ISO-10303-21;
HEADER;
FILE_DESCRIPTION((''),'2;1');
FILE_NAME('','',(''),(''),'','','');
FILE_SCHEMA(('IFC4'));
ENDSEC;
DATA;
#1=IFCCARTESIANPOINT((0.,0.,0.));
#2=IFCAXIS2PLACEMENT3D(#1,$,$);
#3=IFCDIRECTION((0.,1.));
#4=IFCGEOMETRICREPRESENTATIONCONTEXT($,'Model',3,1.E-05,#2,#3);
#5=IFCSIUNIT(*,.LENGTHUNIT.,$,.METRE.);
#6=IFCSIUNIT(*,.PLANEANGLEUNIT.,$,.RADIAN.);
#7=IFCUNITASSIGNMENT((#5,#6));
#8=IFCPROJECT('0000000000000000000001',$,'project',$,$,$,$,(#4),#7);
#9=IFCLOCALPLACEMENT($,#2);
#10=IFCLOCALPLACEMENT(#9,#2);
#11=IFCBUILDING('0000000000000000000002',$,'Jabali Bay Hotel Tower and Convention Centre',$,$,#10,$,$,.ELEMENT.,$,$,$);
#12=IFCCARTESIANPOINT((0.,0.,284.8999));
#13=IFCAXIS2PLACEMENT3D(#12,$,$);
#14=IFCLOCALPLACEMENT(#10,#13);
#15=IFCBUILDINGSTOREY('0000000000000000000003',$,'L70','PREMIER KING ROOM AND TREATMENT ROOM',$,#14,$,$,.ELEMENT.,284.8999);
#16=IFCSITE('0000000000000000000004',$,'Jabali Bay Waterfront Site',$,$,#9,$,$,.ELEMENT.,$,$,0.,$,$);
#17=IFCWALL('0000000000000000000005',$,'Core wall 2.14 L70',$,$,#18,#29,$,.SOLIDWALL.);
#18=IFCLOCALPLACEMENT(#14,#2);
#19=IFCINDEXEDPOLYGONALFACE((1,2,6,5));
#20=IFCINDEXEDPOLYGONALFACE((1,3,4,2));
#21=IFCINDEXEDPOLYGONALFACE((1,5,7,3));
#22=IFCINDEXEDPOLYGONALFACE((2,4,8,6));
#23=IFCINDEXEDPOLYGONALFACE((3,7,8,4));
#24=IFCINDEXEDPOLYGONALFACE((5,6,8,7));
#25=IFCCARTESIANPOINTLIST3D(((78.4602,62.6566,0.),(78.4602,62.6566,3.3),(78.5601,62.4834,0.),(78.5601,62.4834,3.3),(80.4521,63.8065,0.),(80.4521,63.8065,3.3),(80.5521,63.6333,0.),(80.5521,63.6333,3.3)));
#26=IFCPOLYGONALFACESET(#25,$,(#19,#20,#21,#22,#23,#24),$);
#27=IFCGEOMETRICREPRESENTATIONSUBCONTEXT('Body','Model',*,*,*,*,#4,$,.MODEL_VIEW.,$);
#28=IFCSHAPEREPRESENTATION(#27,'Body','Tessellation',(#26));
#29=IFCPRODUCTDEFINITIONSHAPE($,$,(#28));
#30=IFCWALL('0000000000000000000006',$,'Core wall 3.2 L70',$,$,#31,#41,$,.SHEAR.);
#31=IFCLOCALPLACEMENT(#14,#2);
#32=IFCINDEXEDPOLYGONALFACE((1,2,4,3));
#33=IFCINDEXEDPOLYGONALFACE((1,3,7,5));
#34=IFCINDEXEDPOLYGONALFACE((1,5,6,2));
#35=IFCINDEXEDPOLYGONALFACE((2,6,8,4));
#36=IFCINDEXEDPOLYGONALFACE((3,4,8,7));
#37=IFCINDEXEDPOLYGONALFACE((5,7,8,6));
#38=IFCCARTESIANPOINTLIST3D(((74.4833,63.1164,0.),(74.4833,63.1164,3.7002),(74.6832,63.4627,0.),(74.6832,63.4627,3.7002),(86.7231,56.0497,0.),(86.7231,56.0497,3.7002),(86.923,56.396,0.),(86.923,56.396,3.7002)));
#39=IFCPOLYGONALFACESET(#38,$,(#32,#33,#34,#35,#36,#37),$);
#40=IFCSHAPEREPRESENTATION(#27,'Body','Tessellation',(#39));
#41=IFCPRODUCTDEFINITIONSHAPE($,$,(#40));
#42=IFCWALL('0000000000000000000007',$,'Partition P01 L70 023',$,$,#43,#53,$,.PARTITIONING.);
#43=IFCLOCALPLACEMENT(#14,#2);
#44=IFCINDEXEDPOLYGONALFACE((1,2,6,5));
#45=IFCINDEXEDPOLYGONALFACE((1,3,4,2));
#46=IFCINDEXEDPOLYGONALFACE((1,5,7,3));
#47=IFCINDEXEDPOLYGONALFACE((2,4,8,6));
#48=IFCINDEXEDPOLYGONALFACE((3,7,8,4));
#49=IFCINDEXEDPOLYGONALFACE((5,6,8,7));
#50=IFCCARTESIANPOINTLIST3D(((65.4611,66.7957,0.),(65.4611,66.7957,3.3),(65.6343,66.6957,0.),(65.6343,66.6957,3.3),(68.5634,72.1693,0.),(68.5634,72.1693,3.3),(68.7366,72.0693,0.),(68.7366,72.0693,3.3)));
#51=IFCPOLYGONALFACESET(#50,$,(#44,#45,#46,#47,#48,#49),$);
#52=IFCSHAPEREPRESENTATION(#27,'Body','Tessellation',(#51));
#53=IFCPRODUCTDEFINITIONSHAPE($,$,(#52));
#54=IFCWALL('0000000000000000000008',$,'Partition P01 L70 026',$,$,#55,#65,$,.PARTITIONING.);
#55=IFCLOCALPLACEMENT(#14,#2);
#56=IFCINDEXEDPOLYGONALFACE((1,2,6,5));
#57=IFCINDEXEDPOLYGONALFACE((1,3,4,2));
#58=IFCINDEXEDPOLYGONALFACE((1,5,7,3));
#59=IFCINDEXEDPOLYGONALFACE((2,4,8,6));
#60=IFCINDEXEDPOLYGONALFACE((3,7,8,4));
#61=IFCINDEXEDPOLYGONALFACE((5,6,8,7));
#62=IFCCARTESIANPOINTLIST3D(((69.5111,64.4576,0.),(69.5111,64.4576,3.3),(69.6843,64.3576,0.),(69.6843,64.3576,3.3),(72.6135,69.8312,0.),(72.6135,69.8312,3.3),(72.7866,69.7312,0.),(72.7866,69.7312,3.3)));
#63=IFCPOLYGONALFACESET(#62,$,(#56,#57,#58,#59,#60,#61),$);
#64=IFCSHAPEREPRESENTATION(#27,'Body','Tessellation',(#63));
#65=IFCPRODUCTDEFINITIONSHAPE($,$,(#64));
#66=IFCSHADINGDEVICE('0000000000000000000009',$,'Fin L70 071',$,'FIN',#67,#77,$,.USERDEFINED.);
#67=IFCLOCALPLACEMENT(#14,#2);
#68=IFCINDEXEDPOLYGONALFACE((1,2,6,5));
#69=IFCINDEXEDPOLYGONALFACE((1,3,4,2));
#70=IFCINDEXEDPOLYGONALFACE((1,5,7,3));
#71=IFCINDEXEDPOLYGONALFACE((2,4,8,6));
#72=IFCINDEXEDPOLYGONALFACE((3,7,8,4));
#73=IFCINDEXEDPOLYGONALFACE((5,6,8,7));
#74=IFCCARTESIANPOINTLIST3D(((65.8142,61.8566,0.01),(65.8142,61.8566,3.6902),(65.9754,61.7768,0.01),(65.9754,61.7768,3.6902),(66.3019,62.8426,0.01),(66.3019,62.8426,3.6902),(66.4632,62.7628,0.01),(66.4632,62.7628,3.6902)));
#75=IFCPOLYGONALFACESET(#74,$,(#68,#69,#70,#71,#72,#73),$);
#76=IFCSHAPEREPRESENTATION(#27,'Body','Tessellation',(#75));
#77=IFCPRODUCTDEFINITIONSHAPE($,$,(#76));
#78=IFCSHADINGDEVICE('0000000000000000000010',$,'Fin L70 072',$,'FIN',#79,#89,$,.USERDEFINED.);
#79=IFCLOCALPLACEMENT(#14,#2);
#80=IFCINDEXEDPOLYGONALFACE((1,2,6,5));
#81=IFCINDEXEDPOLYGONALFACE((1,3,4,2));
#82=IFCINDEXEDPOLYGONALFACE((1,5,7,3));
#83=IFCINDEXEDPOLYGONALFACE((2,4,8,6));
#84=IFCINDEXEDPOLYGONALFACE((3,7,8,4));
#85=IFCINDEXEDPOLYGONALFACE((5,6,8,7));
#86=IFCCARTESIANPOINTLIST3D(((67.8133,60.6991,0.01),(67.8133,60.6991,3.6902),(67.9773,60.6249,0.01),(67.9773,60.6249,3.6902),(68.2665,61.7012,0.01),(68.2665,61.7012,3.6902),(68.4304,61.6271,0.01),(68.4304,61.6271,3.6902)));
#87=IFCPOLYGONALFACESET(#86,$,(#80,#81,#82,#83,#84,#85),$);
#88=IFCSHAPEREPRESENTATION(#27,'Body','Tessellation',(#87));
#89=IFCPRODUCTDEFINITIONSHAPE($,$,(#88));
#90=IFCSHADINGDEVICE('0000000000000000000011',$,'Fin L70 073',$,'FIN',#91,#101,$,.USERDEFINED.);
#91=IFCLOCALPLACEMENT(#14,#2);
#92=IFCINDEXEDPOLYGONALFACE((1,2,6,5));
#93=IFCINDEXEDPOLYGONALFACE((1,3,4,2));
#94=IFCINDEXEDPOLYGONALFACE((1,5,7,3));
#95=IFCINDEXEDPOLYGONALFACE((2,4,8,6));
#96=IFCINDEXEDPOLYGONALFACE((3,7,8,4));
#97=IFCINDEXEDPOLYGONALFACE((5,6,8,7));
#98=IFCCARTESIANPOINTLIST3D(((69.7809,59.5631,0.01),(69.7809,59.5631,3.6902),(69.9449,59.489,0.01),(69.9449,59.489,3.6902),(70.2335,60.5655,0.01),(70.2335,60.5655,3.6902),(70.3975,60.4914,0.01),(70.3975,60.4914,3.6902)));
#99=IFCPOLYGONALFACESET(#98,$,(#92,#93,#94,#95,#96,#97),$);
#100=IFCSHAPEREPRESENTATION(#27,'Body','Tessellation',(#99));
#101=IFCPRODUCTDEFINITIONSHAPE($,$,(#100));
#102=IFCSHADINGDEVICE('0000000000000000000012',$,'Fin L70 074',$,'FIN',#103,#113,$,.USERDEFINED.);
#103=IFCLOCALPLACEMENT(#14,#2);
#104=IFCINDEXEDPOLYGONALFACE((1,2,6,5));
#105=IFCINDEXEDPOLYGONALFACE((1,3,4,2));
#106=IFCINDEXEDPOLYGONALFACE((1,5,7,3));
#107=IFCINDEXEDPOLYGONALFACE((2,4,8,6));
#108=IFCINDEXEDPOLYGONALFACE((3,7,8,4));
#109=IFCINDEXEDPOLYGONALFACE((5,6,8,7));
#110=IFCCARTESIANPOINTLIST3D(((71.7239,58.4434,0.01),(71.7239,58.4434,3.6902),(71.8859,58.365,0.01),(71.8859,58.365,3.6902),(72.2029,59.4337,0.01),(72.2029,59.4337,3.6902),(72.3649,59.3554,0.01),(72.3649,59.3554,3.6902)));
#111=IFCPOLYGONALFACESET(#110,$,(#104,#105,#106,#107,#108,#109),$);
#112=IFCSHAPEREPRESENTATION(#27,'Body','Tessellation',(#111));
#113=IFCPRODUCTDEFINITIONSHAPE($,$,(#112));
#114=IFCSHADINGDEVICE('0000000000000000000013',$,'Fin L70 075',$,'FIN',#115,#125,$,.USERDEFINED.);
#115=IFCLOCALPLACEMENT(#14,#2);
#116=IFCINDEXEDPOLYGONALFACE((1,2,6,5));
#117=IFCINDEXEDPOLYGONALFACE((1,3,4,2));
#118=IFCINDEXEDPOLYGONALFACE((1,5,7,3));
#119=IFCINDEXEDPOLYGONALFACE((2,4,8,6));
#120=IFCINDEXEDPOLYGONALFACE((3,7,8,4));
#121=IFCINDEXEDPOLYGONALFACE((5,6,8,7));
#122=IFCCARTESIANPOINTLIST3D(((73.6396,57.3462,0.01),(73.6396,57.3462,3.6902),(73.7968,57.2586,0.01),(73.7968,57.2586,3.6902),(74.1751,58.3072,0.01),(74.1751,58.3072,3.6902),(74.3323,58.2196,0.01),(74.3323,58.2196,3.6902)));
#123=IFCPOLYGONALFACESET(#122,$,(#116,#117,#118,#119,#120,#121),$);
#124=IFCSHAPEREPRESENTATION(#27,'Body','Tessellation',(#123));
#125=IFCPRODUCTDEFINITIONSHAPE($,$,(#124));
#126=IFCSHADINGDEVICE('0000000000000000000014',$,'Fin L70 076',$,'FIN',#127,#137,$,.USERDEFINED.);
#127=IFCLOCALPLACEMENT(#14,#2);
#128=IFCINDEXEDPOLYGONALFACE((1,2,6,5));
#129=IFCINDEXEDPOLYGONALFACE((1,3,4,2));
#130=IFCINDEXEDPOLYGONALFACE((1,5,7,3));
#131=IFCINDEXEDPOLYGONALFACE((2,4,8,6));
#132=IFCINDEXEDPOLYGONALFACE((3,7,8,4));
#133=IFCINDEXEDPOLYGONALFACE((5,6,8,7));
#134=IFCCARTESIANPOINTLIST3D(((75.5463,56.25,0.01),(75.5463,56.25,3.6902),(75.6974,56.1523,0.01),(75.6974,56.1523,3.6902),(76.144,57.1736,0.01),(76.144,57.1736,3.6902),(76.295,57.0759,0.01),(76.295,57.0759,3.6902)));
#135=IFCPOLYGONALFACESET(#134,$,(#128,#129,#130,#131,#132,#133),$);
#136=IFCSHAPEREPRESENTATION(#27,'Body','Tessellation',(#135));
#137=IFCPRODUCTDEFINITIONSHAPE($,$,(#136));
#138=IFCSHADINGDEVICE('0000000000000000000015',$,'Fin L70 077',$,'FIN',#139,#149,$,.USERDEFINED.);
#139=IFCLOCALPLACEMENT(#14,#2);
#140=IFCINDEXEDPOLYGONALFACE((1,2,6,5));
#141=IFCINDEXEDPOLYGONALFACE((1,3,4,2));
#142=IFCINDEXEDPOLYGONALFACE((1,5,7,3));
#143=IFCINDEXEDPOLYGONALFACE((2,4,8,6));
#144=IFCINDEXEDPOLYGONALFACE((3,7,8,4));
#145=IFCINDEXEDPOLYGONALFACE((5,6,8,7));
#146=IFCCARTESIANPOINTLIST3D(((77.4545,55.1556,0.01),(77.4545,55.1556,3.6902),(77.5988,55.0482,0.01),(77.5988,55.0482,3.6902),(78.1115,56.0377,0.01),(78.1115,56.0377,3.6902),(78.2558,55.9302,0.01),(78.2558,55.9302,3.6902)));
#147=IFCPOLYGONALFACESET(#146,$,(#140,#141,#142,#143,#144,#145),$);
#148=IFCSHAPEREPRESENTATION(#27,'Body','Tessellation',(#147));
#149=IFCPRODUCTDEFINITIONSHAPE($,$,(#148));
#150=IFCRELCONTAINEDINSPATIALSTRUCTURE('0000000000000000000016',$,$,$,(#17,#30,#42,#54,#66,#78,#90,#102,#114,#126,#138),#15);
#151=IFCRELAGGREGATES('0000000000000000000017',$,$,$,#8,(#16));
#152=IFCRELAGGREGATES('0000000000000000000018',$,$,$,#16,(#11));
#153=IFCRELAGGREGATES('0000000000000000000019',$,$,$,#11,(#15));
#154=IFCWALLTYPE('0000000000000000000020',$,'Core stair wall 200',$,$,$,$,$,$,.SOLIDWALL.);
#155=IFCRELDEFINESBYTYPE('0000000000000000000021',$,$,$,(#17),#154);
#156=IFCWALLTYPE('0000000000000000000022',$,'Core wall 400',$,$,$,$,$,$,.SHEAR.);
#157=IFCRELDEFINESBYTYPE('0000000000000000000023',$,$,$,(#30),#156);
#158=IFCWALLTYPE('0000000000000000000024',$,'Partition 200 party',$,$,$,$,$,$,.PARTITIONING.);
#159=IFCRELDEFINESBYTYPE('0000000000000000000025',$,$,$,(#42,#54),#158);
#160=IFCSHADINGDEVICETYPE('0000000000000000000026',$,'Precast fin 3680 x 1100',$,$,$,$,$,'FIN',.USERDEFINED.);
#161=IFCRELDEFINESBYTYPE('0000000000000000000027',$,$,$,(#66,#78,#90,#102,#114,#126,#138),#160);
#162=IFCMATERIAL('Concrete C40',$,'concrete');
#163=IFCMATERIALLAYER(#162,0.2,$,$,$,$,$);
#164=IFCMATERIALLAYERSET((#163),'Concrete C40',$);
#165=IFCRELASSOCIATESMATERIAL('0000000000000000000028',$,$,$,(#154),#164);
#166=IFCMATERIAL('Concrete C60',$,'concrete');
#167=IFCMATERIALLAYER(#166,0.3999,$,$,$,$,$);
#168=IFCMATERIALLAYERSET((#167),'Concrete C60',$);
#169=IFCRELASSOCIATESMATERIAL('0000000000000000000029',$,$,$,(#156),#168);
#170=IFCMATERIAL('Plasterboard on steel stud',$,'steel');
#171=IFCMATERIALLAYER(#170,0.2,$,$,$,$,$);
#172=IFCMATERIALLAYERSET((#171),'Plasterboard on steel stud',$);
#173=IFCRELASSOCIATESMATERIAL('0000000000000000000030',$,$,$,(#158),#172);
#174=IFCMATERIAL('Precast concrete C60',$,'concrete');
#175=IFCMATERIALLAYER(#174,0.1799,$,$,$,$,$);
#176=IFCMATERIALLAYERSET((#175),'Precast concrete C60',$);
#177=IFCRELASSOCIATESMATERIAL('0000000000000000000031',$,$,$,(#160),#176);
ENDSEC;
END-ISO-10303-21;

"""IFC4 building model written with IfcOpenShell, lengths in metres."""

from ifc_helpers import new_model, si_unit, direction, frame, frame_2d, origin, place, context, subcontext, project, spatial, rectangle, extrude, material, layer, layer_set, type_object, element, save


model = new_model("IFC4")

# Units and contexts
model_context = context("Model", 3, precision=1e-05, world=origin(), true_north=direction((0.0, 1.0)))
body_context = subcontext(model_context, "Body", "Model", "MODEL_VIEW")
ifc_project = project(units=[si_unit("LENGTHUNIT", "METRE"), si_unit("PLANEANGLEUNIT", "RADIAN")], contexts=[model_context])

# Site, building, storey
site_placement = place(None, origin())
site = spatial("IfcSite", under=ifc_project, at=site_placement, Name="Jabali Bay Waterfront Site", CompositionType="ELEMENT", RefElevation=0.0)
building_placement = place(site_placement, origin())
building = spatial("IfcBuilding", under=site, at=building_placement, Name="Jabali Bay Hotel Tower and Convention Centre", CompositionType="ELEMENT")
storey_placement = place(building_placement, frame((0.0, 0.0, 284.8999)))
storey = spatial("IfcBuildingStorey", under=building, at=storey_placement, Name="L70", Description="PREMIER KING ROOM AND TREATMENT ROOM", CompositionType="ELEMENT", Elevation=284.8999)

# Shared definitions
ifc_material_1 = material(Name="Concrete C60", Category="concrete")

# Shared definitions
ifc_material_2 = material(Name="Concrete C40", Category="concrete")

# Shared definitions
ifc_layer_1 = layer(ifc_material_2, 0.2)
ifc_layer_set_1 = layer_set([ifc_layer_1], Name="Concrete C40")
wall_type_1 = type_object("IfcWallType", Name="Core stair wall 200", PredefinedType="SOLIDWALL", material=ifc_layer_set_1)

# Walls
wall_1_placement = place(storey_placement, frame((78.5103, 62.5701, 0.0), z_axis=(0.0, 0.0, 1.0), x_axis=(0.866053, 0.499952, 0.0)))
element("IfcWall", 1, at=wall_1_placement, inside=storey, type_object=wall_type_1, Name="Core wall 2.14 L70", PredefinedType="SOLIDWALL", context=body_context, shape_type="SweptSolid", body=[
    extrude(rectangle(XDim=2.3, YDim=0.2, at=frame_2d((1.1499, 0.0))), origin(), (0.0, 0.0, 1.0), 3.3),
])
ifc_layer_2 = layer(ifc_material_1, 0.3999)
ifc_layer_set_2 = layer_set([ifc_layer_2], Name="Concrete C60")
wall_type_2 = type_object("IfcWallType", Name="Core wall 400", PredefinedType="SHEAR", material=ifc_layer_set_2)
wall_2_placement = place(storey_placement, frame((74.5833, 63.2896, 0.0), z_axis=(0.0, 0.0, 1.0), x_axis=(0.866024, -0.500002, 0.0)))
element("IfcWall", 2, at=wall_2_placement, inside=storey, type_object=wall_type_2, Name="Core wall 3.2 L70", PredefinedType="SHEAR", context=body_context, shape_type="SweptSolid", body=[
    extrude(rectangle(XDim=14.1333, YDim=0.3999, at=frame_2d((7.0667, 0.0))), origin(), (0.0, 0.0, 1.0), 3.7002),
])
ifc_material_3 = material(Name="Plasterboard on steel stud", Category="steel")
ifc_layer_3 = layer(ifc_material_3, 0.2)
ifc_layer_set_3 = layer_set([ifc_layer_3], Name="Plasterboard on steel stud")
wall_type_3 = type_object("IfcWallType", Name="Partition 200 party", PredefinedType="PARTITIONING", material=ifc_layer_set_3)
for number, where, z_axis, x_axis, name in (
    (3, (65.5476, 66.7456, 0.0), (0.0, 0.0, 1.0), (0.499986, 0.866034, 0.0), "Partition P01 L70 023"),
    (4, (69.5977, 64.4075, 0.0), (0.0, 0.0, 1.0), (0.499986, 0.866034, 0.0), "Partition P01 L70 026"),
):
    element("IfcWall", number, at=place(storey_placement, frame(where, z_axis=z_axis, x_axis=x_axis)), inside=storey, type_object=wall_type_3, Name=name, PredefinedType="PARTITIONING", context=body_context, shape_type="SweptSolid", body=[
        extrude(rectangle(XDim=6.2048, YDim=0.2, at=frame_2d((3.1025, 0.0))), origin(), (0.0, 0.0, 1.0), 3.3),
    ])

# Shading devices
ifc_material_4 = material(Name="Precast concrete C60", Category="concrete")
ifc_layer_4 = layer(ifc_material_4, 0.1799)
ifc_layer_set_4 = layer_set([ifc_layer_4], Name="Precast concrete C60")
shading_device_type = type_object("IfcShadingDeviceType", Name="Precast fin 3680 x 1100", ElementType="FIN", PredefinedType="USERDEFINED", material=ifc_layer_set_4)
shading_device_1_placement = place(storey_placement, frame((66.3826, 62.8027, 0.01), z_axis=(0.0, 0.0, 1.0), x_axis=(-0.443393, -0.896328, 0.0)))
element("IfcShadingDevice", 5, at=shading_device_1_placement, inside=storey, type_object=shading_device_type, Name="Fin L70 071", ObjectType="FIN", PredefinedType="USERDEFINED", context=body_context, shape_type="SweptSolid", body=[
    extrude(rectangle(XDim=1.1001, YDim=0.1799, at=frame_2d((0.55, 0.0))), origin(), (0.0, 0.0, 1.0), 3.6802),
])
for number, where, z_axis, x_axis, name in (
    (6, (68.3484, 61.6641, 0.01), (0.0, 0.0, 1.0), (-0.411979, -0.911193, 0.0), "Fin L70 072"),
    (7, (70.3154, 60.5283, 0.01), (0.0, 0.0, 1.0), (-0.411527, -0.911397, 0.0), "Fin L70 073"),
):
    element("IfcShadingDevice", number, at=place(storey_placement, frame(where, z_axis=z_axis, x_axis=x_axis)), inside=storey, type_object=shading_device_type, Name=name, ObjectType="FIN", PredefinedType="USERDEFINED", context=body_context, shape_type="SweptSolid", body=[
        extrude(rectangle(XDim=1.0999, YDim=0.1799, at=frame_2d((0.5498, 0.0))), origin(), (0.0, 0.0, 1.0), 3.6802),
    ])
for number, where, z_axis, x_axis, name in (
    (8, (72.2839, 59.3945, 0.01), (0.0, 0.0, 1.0), (-0.435457, -0.90021, 0.0), "Fin L70 074"),
    (9, (74.2537, 58.2634, 0.01), (0.0, 0.0, 1.0), (-0.486717, -0.87356, 0.0), "Fin L70 075"),
    (10, (76.2195, 57.1248, 0.01), (0.0, 0.0, 1.0), (-0.543279, -0.839552, 0.0), "Fin L70 076"),
):
    element("IfcShadingDevice", number, at=place(storey_placement, frame(where, z_axis=z_axis, x_axis=x_axis)), inside=storey, type_object=shading_device_type, Name=name, ObjectType="FIN", PredefinedType="USERDEFINED", context=body_context, shape_type="SweptSolid", body=[
        extrude(rectangle(XDim=1.1001, YDim=0.1799, at=frame_2d((0.55, 0.0))), origin(), (0.0, 0.0, 1.0), 3.6802),
    ])
shading_device_2_placement = place(storey_placement, frame((78.1836, 55.9839, 0.01), z_axis=(0.0, 0.0, 1.0), x_axis=(-0.597333, -0.801993, 0.0)))
element("IfcShadingDevice", 11, at=shading_device_2_placement, inside=storey, type_object=shading_device_type, Name="Fin L70 077", ObjectType="FIN", PredefinedType="USERDEFINED", context=body_context, shape_type="SweptSolid", body=[
    extrude(rectangle(XDim=1.0999, YDim=0.1799, at=frame_2d((0.5498, 0.0))), origin(), (0.0, 0.0, 1.0), 3.6802),
])

save(model, "model.ifc")
